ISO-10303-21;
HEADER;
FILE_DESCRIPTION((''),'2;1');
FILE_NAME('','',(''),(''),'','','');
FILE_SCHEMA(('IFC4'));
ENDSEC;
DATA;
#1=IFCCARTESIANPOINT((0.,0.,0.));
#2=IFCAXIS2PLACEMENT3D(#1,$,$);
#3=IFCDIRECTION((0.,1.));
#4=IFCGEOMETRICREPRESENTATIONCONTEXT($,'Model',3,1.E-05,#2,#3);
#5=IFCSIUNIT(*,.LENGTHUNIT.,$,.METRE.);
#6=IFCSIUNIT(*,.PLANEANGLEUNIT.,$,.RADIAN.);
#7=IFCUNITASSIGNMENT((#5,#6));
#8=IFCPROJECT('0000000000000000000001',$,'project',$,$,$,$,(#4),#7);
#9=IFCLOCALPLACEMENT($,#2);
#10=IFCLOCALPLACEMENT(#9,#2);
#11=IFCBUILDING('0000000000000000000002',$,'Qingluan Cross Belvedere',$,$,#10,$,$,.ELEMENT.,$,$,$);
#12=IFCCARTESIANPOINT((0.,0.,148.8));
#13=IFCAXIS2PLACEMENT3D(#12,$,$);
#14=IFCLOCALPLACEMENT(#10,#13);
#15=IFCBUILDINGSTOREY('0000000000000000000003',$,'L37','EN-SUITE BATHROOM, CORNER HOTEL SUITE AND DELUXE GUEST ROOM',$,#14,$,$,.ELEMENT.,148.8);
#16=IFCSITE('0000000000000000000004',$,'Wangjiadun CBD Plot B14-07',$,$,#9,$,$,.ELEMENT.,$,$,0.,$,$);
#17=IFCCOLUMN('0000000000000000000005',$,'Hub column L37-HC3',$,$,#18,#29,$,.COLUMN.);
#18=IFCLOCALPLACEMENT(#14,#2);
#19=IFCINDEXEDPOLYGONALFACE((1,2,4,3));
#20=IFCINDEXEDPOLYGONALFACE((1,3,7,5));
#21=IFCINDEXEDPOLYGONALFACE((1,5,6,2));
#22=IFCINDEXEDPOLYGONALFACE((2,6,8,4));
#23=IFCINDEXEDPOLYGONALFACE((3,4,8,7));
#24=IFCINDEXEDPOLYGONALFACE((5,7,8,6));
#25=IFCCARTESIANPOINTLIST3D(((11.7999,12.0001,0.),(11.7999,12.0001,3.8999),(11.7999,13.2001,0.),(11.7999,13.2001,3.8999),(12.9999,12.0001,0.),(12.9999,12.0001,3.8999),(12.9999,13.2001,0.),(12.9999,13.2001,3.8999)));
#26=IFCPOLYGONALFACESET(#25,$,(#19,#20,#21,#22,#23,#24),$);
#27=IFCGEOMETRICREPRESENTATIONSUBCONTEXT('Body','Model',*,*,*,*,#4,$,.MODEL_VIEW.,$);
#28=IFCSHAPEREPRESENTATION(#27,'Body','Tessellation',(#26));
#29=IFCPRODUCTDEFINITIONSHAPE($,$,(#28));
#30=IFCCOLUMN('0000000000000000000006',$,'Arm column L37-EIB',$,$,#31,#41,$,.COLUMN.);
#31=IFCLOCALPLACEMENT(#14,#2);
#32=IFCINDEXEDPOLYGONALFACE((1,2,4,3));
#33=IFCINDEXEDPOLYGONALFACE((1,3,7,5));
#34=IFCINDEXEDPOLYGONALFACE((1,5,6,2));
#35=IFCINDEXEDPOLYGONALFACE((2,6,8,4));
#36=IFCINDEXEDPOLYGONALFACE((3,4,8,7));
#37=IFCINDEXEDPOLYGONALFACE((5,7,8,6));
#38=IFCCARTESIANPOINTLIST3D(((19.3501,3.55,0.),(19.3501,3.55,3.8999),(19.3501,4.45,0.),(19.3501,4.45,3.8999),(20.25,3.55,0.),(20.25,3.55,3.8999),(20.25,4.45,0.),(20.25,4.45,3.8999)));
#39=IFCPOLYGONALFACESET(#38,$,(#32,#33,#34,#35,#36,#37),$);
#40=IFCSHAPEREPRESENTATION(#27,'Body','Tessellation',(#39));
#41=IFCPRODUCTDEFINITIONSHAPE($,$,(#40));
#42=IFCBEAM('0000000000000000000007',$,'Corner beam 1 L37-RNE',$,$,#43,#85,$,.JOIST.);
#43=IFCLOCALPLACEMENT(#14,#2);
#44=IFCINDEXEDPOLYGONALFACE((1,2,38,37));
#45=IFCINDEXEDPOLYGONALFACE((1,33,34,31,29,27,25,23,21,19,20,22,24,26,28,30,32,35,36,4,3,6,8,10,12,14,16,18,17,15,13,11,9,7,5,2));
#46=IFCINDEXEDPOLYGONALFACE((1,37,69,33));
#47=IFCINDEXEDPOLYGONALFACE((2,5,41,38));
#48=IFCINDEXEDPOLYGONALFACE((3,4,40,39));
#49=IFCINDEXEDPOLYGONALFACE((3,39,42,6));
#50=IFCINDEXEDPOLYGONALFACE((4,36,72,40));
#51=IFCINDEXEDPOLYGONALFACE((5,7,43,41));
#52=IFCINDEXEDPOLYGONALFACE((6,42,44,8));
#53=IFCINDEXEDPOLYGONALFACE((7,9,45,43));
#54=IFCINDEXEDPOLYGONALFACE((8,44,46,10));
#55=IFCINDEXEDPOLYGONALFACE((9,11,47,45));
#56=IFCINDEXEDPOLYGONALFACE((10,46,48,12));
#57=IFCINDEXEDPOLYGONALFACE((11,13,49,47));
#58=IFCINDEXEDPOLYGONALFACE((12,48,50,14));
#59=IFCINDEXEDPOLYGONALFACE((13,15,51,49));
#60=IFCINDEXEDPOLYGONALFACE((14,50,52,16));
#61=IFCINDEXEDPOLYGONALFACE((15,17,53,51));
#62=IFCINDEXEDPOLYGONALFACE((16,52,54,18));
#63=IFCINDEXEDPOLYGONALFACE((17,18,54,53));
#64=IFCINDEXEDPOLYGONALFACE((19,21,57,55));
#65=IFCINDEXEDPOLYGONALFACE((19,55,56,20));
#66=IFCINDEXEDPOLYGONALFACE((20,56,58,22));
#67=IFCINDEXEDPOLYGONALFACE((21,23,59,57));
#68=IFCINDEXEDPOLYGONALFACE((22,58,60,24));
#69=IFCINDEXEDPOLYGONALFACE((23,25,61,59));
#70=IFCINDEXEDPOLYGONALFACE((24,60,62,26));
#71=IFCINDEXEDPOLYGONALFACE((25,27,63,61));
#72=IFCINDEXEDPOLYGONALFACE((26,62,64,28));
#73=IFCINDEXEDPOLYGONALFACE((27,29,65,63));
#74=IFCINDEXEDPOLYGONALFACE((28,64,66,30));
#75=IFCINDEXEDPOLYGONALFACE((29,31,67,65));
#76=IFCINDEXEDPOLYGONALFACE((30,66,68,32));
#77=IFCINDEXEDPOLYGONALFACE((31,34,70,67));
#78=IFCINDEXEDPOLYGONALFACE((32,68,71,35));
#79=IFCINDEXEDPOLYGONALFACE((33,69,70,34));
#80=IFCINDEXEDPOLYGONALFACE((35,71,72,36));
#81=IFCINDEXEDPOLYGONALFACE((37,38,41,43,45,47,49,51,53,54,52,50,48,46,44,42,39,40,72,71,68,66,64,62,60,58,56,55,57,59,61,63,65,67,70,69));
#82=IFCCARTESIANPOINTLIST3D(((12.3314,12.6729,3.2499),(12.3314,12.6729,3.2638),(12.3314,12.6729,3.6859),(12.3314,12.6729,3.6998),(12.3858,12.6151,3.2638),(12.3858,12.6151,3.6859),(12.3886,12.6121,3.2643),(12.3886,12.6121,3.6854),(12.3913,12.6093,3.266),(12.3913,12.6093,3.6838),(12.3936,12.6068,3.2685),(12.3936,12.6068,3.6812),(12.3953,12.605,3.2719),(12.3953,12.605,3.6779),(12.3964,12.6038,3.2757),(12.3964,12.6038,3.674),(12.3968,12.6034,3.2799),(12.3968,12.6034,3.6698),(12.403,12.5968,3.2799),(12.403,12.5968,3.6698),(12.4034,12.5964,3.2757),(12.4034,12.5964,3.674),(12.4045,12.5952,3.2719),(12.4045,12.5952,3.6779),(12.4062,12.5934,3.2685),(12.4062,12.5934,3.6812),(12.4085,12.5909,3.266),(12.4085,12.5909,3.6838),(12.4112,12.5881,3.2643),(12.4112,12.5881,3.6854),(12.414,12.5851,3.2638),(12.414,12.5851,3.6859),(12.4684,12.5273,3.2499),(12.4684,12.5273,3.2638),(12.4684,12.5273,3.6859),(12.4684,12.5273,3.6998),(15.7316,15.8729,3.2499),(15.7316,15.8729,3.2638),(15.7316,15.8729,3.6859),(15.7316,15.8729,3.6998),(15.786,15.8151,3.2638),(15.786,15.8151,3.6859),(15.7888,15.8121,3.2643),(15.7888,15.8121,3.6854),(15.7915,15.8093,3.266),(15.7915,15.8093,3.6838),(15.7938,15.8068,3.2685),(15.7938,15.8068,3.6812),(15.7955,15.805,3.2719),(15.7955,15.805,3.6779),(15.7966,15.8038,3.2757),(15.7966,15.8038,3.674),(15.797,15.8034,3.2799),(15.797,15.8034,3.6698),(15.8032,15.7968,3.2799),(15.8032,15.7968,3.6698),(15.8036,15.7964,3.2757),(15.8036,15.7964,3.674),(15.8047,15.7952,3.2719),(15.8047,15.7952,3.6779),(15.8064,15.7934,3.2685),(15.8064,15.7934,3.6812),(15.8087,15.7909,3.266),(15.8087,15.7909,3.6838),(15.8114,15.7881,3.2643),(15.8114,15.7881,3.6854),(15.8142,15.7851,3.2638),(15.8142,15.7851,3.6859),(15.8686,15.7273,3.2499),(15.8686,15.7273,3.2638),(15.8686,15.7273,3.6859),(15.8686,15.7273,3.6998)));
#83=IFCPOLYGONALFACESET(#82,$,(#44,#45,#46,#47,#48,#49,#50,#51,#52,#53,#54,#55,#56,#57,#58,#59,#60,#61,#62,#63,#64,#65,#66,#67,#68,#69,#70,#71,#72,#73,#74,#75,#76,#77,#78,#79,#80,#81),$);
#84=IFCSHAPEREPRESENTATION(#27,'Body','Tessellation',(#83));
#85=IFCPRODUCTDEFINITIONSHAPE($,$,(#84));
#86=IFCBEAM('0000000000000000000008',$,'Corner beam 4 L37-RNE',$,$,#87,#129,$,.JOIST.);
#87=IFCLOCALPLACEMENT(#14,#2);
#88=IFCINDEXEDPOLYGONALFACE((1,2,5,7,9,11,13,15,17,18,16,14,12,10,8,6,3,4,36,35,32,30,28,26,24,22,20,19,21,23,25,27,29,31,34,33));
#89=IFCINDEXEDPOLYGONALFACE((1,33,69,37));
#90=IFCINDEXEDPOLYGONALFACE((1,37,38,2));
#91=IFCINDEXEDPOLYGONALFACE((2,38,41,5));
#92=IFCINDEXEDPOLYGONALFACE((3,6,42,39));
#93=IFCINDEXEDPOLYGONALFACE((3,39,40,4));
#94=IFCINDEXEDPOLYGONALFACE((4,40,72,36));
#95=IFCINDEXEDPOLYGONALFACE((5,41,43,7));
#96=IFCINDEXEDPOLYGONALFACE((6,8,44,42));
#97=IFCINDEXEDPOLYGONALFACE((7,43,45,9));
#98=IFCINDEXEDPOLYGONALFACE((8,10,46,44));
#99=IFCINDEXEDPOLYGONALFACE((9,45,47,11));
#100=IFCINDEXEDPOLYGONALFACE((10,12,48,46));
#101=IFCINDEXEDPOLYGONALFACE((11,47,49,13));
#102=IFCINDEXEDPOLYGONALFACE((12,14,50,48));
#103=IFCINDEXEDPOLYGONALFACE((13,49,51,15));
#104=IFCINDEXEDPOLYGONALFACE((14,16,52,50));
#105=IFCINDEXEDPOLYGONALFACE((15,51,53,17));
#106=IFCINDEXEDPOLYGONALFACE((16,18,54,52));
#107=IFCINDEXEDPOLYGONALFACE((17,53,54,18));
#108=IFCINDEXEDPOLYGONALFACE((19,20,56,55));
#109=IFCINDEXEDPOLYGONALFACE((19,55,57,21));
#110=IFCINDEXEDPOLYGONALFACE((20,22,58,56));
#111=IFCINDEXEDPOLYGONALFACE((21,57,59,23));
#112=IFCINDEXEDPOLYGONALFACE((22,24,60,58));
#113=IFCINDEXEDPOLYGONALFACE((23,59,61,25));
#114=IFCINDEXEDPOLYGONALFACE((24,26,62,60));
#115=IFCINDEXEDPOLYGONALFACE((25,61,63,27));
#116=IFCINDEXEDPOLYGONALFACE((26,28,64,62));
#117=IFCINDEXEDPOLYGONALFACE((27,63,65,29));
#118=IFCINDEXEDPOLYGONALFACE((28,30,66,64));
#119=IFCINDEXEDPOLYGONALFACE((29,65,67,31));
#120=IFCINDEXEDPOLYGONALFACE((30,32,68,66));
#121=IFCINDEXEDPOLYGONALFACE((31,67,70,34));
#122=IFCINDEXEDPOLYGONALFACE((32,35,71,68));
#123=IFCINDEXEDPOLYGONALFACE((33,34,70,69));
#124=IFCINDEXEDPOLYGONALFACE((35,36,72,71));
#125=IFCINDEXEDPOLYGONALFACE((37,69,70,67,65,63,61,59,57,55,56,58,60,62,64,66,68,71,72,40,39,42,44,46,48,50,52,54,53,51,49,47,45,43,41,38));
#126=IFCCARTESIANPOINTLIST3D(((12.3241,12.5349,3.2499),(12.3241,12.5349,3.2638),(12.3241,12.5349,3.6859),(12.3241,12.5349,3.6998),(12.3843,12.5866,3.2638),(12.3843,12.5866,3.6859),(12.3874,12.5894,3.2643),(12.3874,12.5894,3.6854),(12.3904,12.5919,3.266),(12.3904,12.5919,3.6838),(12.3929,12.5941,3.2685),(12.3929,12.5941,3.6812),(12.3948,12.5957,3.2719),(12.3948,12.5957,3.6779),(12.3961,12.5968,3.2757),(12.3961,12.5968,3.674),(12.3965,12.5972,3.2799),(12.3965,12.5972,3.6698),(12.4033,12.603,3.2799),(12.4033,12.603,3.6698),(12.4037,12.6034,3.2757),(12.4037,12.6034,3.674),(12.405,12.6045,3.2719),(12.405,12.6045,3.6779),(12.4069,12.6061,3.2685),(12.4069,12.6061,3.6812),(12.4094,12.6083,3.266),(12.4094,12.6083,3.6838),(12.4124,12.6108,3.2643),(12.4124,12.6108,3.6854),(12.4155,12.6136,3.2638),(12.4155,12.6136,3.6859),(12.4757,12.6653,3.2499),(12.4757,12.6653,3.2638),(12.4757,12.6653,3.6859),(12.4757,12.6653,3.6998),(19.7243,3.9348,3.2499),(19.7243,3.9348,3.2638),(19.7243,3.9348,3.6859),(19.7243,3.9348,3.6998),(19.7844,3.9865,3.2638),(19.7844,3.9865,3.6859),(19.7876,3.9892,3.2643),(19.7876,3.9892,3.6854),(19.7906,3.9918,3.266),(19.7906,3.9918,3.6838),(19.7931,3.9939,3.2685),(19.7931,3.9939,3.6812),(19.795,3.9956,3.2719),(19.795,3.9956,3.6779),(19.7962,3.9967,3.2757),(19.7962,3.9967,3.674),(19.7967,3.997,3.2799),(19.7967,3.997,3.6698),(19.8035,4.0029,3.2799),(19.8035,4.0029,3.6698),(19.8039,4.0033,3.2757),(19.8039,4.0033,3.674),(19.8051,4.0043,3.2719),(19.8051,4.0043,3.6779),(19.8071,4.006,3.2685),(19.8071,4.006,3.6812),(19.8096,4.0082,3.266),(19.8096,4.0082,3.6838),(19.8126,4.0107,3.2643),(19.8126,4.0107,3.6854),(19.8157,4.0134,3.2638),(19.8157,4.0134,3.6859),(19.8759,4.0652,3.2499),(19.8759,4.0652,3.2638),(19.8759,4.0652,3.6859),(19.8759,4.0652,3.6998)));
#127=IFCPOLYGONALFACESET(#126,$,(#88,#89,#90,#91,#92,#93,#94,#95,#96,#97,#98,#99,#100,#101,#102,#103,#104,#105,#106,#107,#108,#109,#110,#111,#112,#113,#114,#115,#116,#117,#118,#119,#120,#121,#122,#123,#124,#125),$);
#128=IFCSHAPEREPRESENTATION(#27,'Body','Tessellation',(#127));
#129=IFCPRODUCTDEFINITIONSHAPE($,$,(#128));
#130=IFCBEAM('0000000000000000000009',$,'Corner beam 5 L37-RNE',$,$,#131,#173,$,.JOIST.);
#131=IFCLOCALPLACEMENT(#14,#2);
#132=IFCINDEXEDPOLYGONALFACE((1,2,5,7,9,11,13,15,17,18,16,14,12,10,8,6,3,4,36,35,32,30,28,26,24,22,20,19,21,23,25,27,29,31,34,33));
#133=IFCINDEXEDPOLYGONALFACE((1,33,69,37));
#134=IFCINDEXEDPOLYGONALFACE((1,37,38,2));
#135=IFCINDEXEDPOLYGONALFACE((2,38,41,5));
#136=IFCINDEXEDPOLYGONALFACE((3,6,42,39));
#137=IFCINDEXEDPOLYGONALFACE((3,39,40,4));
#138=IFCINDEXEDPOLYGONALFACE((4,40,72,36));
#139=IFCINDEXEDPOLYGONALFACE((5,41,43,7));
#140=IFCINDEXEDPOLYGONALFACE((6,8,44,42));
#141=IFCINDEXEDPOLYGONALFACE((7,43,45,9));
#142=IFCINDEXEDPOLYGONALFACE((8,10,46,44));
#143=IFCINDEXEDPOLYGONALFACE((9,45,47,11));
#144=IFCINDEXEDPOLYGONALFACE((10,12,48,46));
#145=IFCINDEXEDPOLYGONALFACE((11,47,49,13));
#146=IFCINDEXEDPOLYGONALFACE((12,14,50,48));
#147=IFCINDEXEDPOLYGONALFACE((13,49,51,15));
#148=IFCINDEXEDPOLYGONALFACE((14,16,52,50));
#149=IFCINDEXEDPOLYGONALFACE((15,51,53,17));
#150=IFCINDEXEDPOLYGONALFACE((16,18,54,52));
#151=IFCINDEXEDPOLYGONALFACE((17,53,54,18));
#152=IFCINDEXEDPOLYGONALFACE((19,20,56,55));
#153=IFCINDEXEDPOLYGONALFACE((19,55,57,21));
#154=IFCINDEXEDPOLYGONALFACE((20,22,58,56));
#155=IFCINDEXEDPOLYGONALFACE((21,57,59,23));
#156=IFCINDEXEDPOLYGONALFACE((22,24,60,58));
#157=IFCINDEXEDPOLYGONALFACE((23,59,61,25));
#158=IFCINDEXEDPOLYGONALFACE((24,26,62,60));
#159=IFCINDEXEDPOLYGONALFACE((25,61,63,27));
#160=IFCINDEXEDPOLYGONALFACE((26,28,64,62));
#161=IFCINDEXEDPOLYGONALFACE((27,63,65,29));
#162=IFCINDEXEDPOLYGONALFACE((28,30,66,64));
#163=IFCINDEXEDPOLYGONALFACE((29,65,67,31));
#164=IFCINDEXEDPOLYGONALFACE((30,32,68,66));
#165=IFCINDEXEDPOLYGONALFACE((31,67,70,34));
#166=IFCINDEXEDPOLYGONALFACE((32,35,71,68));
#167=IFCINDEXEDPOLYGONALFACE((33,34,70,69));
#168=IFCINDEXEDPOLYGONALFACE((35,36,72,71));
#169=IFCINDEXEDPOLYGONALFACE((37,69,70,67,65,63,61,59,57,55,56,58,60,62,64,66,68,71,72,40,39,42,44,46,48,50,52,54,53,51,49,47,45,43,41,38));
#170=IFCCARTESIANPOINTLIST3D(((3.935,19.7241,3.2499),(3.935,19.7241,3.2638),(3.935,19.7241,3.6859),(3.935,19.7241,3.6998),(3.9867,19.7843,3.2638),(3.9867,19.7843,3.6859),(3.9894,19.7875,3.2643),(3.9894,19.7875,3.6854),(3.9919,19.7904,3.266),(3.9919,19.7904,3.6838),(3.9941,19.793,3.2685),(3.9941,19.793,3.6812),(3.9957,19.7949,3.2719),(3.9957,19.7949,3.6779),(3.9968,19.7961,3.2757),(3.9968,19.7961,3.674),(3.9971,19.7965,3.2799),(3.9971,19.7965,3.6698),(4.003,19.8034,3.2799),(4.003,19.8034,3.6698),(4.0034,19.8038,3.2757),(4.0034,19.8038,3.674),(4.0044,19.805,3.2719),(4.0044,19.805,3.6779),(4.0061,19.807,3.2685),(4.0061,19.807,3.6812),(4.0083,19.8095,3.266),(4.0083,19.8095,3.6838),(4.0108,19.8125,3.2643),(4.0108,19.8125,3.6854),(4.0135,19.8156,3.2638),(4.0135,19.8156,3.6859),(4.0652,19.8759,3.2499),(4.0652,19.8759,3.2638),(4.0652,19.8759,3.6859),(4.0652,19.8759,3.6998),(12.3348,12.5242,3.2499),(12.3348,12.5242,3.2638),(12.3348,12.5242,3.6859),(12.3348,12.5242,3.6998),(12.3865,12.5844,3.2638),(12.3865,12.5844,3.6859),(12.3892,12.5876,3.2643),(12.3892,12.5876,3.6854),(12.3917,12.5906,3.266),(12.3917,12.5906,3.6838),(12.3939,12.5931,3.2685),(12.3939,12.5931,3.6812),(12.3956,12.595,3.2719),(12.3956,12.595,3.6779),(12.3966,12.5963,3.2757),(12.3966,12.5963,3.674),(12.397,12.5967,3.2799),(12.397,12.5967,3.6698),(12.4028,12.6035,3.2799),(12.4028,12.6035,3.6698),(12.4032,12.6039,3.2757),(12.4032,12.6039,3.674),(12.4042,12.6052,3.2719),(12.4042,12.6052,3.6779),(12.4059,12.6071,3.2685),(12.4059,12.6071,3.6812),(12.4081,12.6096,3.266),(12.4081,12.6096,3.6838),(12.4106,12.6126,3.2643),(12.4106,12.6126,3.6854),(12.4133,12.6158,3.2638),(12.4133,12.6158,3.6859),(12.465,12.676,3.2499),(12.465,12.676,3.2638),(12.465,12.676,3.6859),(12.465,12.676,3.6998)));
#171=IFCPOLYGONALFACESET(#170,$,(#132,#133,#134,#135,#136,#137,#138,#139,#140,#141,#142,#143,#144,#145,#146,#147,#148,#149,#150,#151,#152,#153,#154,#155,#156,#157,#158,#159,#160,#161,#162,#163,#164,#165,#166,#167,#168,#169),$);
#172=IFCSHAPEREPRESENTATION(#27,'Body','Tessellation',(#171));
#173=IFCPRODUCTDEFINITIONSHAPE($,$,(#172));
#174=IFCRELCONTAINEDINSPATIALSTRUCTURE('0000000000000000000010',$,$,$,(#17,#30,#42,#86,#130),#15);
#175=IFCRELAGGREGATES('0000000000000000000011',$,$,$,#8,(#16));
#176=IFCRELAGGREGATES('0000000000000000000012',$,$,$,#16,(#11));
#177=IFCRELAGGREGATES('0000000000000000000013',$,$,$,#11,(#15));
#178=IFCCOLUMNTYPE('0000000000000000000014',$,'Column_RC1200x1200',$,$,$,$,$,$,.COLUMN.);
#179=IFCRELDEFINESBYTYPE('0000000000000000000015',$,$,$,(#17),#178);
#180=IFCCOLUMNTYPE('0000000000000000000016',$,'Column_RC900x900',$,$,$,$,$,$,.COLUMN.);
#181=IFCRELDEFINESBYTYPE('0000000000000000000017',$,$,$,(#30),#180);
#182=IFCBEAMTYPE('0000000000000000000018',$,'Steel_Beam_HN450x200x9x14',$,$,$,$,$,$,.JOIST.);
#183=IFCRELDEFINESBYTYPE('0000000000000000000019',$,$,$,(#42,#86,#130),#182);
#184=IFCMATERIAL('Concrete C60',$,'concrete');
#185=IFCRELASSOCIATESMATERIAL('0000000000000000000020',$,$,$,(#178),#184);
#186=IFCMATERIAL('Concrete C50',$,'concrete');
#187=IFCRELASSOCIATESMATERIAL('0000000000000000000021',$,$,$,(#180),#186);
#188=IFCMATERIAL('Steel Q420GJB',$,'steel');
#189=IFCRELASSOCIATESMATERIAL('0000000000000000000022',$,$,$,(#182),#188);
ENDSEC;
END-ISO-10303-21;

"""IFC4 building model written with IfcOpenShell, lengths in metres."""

from ifc_helpers import new_model, si_unit, direction, frame, origin, origin_2d, place, context, subcontext, project, spatial, rectangle, i_section, extrude, material, material_profile, profile_set, type_object, element, save


model = new_model("IFC4")

# Units and contexts
model_context = context("Model", 3, precision=1e-05, world=origin(), true_north=direction((0.0, 1.0)))
body_context = subcontext(model_context, "Body", "Model", "MODEL_VIEW")
ifc_project = project(units=[si_unit("LENGTHUNIT", "METRE"), si_unit("PLANEANGLEUNIT", "RADIAN")], contexts=[model_context])

# Site, building, storey
site_placement = place(None, origin())
site = spatial("IfcSite", under=ifc_project, at=site_placement, Name="Wangjiadun CBD Plot B14-07", CompositionType="ELEMENT", RefElevation=0.0)
building_placement = place(site_placement, origin())
building = spatial("IfcBuilding", under=site, at=building_placement, Name="Qingluan Cross Belvedere", CompositionType="ELEMENT")
storey_placement = place(building_placement, frame((0.0, 0.0, 148.8)))
storey = spatial("IfcBuildingStorey", under=building, at=storey_placement, Name="L37", Description="EN-SUITE BATHROOM, CORNER HOTEL SUITE AND DELUXE GUEST ROOM", CompositionType="ELEMENT", Elevation=148.8)

# Columns
ifc_material_1 = material(Name="Concrete C60", Category="concrete")
ifc_material_profile_1 = material_profile(ifc_material_1, rectangle(XDim=1.2, YDim=1.2, at=origin_2d()), Name="RC1200x1200")
ifc_profile_set_1 = profile_set([ifc_material_profile_1], Name="Concrete C60")
column_type_1 = type_object("IfcColumnType", Name="Column_RC1200x1200", PredefinedType="COLUMN", material=ifc_profile_set_1)
column_1_placement = place(storey_placement, frame((12.3999, 12.6001, 0.0), z_axis=(0.0, 0.0, 1.0), x_axis=(1.0, 0.0, 0.0)))
element("IfcColumn", 1, at=column_1_placement, inside=storey, type_object=column_type_1, Name="Hub column L37-HC3", PredefinedType="COLUMN", context=body_context, shape_type="SweptSolid", body=[
    extrude(rectangle(XDim=1.2, YDim=1.2, at=origin_2d()), origin(), (0.0, 0.0, 1.0), 3.8999),
])
ifc_material_2 = material(Name="Concrete C50", Category="concrete")
ifc_material_profile_2 = material_profile(ifc_material_2, rectangle(XDim=0.8999, YDim=0.8999, at=origin_2d()), Name="RC900x900")
ifc_profile_set_2 = profile_set([ifc_material_profile_2], Name="Concrete C50")
column_type_2 = type_object("IfcColumnType", Name="Column_RC900x900", PredefinedType="COLUMN", material=ifc_profile_set_2)
column_2_placement = place(storey_placement, frame((19.8, 4.0, 0.0), z_axis=(0.0, 0.0, 1.0), x_axis=(1.0, 0.0, 0.0)))
element("IfcColumn", 2, at=column_2_placement, inside=storey, type_object=column_type_2, Name="Arm column L37-EIB", PredefinedType="COLUMN", context=body_context, shape_type="SweptSolid", body=[
    extrude(rectangle(XDim=0.8999, YDim=0.8999, at=origin_2d()), origin(), (0.0, 0.0, 1.0), 3.8999),
])

# Beams
ifc_material_3 = material(Name="Steel Q420GJB", Category="steel")
ifc_material_profile_3 = material_profile(ifc_material_3, i_section(OverallWidth=0.2, OverallDepth=0.45, WebThickness=0.009, FlangeThickness=0.0139, FilletRadius=0.0161, at=origin_2d()), Name="HN450x200x9x14")
ifc_profile_set_3 = profile_set([ifc_material_profile_3], Name="Steel Q420GJB")
beam_type_1 = type_object("IfcBeamType", Name="Steel_Beam_HN450x200x9x14", PredefinedType="JOIST", material=ifc_profile_set_3)
beam_1_placement = place(storey_placement, frame((12.3999, 12.6001, 3.4749), z_axis=(0.72822, 0.685343, 0.0), x_axis=(-0.685343, 0.72822, 0.0)))
element("IfcBeam", 3, at=beam_1_placement, inside=storey, type_object=beam_type_1, Name="Corner beam 1 L37-RNE", PredefinedType="JOIST", context=body_context, shape_type="SweptSolid", body=[
    extrude(i_section(OverallWidth=0.2, OverallDepth=0.45, WebThickness=0.009, FlangeThickness=0.0139, FilletRadius=0.0161, at=origin_2d()), origin(), (0.0, 0.0, 1.0), 4.6692),
])
beam_2_placement = place(storey_placement, frame((12.3999, 12.6001, 3.4749), z_axis=(0.652245, -0.758008, 0.0), x_axis=(0.758008, 0.652245, 0.0)))
element("IfcBeam", 4, at=beam_2_placement, inside=storey, type_object=beam_type_1, Name="Corner beam 4 L37-RNE", PredefinedType="JOIST", context=body_context, shape_type="SweptSolid", body=[
    extrude(i_section(OverallWidth=0.2, OverallDepth=0.45, WebThickness=0.009, FlangeThickness=0.0139, FilletRadius=0.0161, at=origin_2d()), origin(), (0.0, 0.0, 1.0), 11.3457),
])
beam_3_placement = place(storey_placement, frame((12.3999, 12.6001, 3.4749), z_axis=(-0.759255, 0.650793, 0.0), x_axis=(-0.650793, -0.759255, 0.0)))
element("IfcBeam", 5, at=beam_3_placement, inside=storey, type_object=beam_type_1, Name="Corner beam 5 L37-RNE", PredefinedType="JOIST", context=body_context, shape_type="SweptSolid", body=[
    extrude(i_section(OverallWidth=0.2, OverallDepth=0.45, WebThickness=0.009, FlangeThickness=0.0139, FilletRadius=0.0161, at=origin_2d()), origin(), (0.0, 0.0, 1.0), 11.0632),
])

save(model, "model.ifc")
